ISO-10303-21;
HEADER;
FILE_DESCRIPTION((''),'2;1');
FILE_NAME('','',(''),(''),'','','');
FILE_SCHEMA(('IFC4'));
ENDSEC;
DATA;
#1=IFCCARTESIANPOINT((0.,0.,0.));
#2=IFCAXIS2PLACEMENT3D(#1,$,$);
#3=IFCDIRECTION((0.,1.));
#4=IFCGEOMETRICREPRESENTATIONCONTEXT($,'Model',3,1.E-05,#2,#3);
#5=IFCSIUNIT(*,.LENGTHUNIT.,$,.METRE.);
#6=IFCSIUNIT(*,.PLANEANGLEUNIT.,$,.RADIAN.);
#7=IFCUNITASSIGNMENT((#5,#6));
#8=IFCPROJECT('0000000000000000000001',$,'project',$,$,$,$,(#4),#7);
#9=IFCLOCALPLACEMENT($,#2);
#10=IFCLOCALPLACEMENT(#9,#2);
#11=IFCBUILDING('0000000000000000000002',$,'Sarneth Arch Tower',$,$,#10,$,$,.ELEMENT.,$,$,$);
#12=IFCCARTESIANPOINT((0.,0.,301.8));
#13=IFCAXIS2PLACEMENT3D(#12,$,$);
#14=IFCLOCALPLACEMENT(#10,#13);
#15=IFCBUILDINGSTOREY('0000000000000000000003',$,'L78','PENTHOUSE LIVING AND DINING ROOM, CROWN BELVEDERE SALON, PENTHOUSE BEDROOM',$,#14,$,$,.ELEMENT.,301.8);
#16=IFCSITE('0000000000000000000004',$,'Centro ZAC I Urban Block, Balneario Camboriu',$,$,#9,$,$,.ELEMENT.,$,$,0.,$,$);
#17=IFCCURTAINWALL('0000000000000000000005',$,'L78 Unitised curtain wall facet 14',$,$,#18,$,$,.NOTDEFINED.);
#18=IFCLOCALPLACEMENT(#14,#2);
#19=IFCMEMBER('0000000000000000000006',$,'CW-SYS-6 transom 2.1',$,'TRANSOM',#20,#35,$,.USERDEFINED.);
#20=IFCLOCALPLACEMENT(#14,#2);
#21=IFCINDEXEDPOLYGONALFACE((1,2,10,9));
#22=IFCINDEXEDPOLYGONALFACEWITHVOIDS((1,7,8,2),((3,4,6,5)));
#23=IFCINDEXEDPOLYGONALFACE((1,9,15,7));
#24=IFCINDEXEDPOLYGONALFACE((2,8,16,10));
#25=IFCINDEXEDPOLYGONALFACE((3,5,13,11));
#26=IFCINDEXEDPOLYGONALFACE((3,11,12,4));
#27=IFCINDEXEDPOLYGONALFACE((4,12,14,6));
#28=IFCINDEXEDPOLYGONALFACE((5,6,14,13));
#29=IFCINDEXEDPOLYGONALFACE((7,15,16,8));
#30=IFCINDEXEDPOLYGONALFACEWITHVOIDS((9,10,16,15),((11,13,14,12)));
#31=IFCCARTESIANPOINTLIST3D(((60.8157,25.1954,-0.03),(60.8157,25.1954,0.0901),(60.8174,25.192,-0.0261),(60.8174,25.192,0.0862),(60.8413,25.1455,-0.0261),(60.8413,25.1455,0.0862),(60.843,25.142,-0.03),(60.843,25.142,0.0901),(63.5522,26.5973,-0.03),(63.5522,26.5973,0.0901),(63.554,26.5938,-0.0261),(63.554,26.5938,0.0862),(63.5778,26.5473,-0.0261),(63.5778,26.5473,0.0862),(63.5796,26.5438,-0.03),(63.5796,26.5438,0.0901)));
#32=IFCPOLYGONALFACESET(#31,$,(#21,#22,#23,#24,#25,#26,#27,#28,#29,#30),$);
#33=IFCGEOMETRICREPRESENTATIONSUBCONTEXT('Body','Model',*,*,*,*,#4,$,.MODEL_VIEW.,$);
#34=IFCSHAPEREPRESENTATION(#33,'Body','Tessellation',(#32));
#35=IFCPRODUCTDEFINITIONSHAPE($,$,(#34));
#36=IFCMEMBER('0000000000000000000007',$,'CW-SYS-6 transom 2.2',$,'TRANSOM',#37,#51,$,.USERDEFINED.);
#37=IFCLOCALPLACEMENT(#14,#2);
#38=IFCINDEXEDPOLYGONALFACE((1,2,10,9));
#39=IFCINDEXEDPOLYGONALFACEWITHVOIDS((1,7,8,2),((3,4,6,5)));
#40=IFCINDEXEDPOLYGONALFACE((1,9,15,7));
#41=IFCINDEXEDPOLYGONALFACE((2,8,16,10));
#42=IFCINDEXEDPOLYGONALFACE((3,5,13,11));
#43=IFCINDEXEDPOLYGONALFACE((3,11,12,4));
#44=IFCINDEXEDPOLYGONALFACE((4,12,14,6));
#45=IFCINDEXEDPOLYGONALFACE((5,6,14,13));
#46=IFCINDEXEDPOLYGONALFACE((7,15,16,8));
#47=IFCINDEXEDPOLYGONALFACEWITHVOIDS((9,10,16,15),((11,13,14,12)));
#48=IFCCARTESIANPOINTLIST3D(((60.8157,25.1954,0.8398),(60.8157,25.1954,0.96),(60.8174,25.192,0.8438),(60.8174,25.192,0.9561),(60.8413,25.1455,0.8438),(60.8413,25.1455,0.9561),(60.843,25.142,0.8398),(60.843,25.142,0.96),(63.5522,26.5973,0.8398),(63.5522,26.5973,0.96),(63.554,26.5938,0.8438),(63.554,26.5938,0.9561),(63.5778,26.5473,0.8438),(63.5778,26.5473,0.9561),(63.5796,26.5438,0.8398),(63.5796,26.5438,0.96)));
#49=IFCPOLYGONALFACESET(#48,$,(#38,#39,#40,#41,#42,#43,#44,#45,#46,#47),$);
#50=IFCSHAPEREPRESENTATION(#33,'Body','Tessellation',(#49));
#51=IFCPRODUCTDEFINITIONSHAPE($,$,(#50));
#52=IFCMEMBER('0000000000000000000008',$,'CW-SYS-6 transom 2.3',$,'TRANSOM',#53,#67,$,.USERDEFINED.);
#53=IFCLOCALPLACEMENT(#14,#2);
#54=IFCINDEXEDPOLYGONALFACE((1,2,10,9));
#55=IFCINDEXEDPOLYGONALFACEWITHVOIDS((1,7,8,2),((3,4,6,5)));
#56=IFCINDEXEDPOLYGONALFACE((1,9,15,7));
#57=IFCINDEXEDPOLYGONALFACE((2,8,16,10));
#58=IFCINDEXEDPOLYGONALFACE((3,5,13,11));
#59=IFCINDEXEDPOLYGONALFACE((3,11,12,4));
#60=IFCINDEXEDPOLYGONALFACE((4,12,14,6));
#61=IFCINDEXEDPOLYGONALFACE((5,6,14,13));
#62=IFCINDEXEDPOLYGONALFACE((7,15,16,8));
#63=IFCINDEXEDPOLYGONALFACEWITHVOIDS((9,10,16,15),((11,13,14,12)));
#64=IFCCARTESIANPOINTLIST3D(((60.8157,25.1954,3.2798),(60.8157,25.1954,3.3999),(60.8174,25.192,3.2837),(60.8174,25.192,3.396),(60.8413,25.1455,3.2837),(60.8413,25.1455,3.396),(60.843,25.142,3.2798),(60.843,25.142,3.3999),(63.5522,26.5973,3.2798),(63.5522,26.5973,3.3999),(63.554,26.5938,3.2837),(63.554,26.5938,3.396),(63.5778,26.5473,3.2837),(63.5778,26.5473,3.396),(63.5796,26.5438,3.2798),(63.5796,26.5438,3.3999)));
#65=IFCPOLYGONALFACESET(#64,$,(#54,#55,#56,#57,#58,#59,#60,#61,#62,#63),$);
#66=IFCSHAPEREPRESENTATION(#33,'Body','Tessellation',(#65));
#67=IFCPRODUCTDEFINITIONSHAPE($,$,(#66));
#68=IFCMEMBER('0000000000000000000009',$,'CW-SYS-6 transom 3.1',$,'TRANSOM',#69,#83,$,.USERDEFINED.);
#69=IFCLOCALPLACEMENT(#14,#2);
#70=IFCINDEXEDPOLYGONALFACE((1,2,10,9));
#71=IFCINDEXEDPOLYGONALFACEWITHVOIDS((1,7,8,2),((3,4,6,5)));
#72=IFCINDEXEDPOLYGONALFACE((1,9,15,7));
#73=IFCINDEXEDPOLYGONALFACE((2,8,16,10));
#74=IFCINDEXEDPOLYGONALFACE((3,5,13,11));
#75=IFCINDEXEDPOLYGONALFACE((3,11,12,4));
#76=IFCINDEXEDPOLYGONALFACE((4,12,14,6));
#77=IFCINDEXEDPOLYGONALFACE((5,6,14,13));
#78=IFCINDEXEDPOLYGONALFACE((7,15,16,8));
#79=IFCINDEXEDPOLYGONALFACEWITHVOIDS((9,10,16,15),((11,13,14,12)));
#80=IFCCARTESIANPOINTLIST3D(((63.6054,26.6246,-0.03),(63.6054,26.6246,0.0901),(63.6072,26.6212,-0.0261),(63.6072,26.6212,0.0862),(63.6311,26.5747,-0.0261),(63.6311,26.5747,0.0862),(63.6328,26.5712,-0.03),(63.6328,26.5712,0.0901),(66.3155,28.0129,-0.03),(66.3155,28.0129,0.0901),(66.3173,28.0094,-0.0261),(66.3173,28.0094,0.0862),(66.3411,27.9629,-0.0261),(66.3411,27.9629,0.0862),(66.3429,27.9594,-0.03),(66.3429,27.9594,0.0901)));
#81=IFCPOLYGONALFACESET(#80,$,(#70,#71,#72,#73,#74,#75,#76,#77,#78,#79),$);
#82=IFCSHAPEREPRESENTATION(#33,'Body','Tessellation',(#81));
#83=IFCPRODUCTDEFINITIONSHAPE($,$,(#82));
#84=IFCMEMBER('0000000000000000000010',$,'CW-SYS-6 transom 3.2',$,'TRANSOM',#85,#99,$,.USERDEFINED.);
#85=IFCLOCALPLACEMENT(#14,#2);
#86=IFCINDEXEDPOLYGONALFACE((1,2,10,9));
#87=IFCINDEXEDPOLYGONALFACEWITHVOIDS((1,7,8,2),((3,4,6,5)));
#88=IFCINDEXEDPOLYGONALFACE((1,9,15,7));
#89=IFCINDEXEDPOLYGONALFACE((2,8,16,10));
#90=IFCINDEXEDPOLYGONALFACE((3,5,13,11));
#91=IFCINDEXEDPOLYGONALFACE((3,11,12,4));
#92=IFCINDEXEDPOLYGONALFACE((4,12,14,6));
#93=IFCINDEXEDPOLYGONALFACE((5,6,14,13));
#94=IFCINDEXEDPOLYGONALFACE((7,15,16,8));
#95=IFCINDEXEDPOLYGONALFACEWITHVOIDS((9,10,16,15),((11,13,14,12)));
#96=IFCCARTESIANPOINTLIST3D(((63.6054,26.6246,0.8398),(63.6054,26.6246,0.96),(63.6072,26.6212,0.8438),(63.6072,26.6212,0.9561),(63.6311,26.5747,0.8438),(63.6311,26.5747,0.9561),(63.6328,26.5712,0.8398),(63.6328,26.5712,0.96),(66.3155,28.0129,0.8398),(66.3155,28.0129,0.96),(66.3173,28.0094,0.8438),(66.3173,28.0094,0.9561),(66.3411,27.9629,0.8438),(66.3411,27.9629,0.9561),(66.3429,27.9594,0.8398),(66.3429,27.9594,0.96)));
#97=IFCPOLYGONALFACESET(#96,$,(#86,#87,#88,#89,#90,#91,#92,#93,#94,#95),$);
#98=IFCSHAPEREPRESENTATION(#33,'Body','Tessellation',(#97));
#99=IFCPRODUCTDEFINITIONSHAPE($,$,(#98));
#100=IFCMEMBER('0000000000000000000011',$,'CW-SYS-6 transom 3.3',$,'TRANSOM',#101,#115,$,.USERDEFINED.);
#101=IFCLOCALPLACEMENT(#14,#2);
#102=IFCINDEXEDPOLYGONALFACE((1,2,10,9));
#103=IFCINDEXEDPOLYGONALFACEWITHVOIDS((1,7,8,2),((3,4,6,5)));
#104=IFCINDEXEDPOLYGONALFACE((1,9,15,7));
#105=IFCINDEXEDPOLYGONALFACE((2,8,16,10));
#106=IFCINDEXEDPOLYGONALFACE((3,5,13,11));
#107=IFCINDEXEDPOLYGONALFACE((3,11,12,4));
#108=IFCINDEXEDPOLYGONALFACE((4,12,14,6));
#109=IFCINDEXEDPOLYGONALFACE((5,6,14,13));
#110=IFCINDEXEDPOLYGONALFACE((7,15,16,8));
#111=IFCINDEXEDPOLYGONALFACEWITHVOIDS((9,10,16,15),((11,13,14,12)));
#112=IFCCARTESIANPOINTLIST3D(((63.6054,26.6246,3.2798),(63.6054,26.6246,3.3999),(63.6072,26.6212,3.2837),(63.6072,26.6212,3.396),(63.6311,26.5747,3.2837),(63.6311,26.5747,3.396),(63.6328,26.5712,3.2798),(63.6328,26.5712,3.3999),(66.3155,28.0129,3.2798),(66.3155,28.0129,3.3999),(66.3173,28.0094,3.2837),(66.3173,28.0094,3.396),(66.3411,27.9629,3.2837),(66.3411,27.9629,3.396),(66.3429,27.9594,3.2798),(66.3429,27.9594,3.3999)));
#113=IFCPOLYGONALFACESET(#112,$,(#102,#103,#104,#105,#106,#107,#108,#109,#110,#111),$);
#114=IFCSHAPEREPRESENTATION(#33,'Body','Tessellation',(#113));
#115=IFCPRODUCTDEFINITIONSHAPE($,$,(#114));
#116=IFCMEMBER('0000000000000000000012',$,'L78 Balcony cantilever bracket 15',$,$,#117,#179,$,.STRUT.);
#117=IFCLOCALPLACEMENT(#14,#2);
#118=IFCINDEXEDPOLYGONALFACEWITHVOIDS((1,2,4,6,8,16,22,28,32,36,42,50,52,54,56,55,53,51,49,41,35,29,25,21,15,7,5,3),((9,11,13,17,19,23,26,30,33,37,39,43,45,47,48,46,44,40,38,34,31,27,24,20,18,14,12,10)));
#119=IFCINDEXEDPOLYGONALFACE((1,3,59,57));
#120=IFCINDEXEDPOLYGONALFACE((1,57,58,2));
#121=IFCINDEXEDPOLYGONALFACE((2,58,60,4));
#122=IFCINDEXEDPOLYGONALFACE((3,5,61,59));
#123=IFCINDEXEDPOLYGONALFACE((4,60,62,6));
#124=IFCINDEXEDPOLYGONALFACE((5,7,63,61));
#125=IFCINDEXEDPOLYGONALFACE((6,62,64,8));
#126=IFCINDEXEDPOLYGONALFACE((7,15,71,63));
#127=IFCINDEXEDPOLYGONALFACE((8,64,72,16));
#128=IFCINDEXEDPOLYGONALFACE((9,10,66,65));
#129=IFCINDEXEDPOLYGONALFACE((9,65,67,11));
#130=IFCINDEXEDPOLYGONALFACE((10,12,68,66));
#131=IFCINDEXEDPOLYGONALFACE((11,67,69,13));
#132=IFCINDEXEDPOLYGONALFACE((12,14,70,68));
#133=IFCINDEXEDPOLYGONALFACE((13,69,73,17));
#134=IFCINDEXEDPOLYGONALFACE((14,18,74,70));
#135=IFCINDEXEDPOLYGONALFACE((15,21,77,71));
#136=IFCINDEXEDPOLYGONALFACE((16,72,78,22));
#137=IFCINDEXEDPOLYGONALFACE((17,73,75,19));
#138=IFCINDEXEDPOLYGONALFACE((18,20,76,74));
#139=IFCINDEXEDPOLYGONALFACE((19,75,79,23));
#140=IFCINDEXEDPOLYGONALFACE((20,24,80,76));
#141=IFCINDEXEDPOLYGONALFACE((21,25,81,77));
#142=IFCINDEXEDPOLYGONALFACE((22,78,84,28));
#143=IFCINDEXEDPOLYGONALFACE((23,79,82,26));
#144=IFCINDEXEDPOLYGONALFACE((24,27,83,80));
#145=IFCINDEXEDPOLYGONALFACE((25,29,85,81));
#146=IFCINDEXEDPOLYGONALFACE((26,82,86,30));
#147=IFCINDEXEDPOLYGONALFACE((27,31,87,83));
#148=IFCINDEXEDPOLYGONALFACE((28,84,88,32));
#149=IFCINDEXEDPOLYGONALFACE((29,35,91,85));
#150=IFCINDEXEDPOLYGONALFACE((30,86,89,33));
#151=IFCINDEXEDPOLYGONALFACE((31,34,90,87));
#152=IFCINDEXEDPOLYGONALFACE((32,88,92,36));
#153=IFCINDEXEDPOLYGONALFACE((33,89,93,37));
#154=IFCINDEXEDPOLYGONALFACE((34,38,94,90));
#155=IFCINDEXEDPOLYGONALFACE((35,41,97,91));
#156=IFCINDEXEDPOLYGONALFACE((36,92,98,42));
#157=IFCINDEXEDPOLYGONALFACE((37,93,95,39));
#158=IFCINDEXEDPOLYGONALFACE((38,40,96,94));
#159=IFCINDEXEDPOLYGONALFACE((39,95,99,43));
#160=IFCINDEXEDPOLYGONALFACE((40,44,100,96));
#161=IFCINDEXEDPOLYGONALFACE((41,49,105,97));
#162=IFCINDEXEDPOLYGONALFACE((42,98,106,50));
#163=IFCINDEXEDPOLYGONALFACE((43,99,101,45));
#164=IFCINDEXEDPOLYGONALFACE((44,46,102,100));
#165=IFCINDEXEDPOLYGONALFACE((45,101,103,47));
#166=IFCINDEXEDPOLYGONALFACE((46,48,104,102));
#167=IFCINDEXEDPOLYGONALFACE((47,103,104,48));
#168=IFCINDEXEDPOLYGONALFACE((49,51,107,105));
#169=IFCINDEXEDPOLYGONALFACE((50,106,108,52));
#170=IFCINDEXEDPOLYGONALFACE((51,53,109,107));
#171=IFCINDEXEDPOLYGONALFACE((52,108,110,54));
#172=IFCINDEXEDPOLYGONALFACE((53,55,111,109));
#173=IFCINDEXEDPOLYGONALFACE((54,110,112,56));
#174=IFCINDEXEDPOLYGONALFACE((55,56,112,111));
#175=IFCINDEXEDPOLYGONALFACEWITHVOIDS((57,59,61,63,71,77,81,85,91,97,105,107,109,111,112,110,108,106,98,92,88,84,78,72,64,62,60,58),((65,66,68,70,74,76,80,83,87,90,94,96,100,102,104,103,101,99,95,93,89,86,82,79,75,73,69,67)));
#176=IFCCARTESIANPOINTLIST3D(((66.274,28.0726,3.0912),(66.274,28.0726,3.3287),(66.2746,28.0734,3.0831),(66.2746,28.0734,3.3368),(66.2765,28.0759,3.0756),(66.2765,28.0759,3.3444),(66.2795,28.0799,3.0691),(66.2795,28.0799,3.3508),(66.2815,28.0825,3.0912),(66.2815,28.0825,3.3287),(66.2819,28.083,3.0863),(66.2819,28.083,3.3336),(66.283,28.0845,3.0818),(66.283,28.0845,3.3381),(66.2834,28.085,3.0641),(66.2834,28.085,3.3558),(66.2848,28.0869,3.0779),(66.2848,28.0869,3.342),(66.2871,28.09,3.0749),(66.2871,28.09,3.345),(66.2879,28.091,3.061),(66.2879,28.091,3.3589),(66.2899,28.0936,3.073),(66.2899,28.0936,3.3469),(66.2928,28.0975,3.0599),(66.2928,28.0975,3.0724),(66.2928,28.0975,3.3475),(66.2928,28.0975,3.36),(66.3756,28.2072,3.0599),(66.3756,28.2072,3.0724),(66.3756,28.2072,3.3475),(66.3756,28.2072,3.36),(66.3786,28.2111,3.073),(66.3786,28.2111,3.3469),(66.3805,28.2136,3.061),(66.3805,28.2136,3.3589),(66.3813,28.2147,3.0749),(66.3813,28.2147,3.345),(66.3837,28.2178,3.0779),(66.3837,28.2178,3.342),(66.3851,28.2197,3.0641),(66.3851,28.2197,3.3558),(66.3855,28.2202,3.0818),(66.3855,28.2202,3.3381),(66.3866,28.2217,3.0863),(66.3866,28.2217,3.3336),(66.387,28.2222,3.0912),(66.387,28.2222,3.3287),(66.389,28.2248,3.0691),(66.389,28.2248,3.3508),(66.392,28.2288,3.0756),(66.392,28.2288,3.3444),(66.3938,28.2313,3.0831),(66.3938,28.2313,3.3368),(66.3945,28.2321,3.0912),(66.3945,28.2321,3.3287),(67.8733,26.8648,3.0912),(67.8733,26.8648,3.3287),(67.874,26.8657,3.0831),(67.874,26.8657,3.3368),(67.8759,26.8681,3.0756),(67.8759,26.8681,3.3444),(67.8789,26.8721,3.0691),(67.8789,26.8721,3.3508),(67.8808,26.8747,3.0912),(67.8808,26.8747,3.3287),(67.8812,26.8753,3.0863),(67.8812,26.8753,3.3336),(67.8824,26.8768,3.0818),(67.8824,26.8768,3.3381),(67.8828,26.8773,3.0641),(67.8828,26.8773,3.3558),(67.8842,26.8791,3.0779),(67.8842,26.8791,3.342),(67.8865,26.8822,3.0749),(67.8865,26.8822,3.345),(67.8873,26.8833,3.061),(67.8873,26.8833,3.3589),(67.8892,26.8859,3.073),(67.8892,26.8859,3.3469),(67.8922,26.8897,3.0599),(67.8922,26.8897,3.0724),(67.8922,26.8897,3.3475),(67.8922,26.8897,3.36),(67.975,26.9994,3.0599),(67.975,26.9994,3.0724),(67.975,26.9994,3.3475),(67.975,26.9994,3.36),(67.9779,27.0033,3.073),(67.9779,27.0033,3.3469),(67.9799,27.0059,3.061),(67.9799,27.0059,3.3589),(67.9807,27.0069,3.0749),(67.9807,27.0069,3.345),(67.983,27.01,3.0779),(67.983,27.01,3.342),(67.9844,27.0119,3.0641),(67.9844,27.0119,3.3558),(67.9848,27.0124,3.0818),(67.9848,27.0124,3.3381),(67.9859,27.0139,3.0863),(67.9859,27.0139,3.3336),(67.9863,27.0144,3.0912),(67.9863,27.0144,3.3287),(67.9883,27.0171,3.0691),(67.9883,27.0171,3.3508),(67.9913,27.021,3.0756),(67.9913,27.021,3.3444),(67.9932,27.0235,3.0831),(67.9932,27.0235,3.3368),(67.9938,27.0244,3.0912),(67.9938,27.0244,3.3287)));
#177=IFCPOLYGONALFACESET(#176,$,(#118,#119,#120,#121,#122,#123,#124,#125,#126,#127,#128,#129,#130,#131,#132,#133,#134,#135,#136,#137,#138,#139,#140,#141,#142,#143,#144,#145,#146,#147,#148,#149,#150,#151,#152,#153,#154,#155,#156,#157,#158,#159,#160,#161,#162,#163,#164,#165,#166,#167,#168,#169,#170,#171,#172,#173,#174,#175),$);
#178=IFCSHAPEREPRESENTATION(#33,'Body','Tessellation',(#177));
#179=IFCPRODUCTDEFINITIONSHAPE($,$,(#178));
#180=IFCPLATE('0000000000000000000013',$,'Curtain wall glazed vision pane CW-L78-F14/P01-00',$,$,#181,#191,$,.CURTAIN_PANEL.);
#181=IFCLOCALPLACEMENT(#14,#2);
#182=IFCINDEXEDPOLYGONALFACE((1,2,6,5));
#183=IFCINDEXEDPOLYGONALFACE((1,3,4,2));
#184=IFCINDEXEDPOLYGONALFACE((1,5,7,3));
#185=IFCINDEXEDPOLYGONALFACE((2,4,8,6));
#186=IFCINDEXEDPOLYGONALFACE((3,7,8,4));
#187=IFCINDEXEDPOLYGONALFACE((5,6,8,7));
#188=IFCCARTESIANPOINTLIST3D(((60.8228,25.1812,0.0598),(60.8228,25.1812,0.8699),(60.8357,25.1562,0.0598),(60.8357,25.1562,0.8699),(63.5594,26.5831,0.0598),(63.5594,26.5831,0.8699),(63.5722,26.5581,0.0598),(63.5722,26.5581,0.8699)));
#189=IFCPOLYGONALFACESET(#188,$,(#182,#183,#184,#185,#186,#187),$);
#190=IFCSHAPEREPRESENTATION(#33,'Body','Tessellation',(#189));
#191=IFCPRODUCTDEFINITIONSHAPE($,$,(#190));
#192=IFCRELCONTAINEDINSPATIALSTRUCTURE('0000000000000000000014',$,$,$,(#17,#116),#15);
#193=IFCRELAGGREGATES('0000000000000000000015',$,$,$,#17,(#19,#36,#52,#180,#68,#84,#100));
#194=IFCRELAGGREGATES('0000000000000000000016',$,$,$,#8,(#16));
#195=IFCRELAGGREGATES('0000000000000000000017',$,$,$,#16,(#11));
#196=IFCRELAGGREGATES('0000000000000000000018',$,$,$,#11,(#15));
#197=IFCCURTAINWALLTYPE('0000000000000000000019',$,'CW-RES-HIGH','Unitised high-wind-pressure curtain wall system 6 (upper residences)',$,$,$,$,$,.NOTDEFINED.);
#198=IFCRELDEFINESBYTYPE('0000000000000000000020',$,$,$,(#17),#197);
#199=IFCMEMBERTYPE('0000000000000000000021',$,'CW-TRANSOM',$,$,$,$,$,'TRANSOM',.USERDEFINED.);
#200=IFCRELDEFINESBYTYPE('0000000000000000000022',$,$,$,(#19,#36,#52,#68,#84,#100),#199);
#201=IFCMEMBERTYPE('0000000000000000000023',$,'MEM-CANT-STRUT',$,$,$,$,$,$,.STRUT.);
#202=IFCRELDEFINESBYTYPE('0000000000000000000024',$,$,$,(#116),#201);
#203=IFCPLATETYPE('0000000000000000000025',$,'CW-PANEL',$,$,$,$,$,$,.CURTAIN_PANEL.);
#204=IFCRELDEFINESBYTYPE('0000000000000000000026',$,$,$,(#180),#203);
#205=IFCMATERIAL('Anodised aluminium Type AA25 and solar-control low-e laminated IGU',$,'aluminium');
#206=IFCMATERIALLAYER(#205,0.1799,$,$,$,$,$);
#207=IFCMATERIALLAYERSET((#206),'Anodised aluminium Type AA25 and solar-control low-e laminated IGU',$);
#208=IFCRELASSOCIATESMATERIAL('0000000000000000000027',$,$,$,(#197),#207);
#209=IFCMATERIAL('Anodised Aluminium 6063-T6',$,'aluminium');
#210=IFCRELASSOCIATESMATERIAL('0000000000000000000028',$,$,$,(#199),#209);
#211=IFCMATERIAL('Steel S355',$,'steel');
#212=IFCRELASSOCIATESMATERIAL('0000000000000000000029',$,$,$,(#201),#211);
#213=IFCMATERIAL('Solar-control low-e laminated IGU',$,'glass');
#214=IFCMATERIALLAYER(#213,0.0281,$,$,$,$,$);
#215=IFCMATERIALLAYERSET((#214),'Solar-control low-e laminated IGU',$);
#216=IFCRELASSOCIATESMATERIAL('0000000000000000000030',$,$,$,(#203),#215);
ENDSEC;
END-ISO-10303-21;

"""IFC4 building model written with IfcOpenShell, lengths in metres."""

from ifc_helpers import new_model, si_unit, direction, frame, origin, origin_2d, place, context, subcontext, project, spatial, rectangle, hollow_rectangle, extrude, material, layer, layer_set, material_profile, profile_set, type_object, element, aggregate, save


model = new_model("IFC4")

# Units and contexts
model_context = context("Model", 3, precision=1e-05, world=origin(), true_north=direction((0.0, 1.0)))
body_context = subcontext(model_context, "Body", "Model", "MODEL_VIEW")
ifc_project = project(units=[si_unit("LENGTHUNIT", "METRE"), si_unit("PLANEANGLEUNIT", "RADIAN")], contexts=[model_context])

# Site, building, storey
site_placement = place(None, origin())
site = spatial("IfcSite", under=ifc_project, at=site_placement, Name="Centro ZAC I Urban Block, Balneario Camboriu", CompositionType="ELEMENT", RefElevation=0.0)
building_placement = place(site_placement, origin())
building = spatial("IfcBuilding", under=site, at=building_placement, Name="Sarneth Arch Tower", CompositionType="ELEMENT")
storey_placement = place(building_placement, frame((0.0, 0.0, 301.8)))
storey = spatial("IfcBuildingStorey", under=building, at=storey_placement, Name="L78", Description="PENTHOUSE LIVING AND DINING ROOM, CROWN BELVEDERE SALON, PENTHOUSE BEDROOM", CompositionType="ELEMENT", Elevation=301.8)

# Curtain wall, members
ifc_material_1 = material(Name="Anodised aluminium Type AA25 and solar-control low-e laminated IGU", Category="aluminium")
ifc_layer_1 = layer(ifc_material_1, 0.1799)
ifc_layer_set_1 = layer_set([ifc_layer_1], Name="Anodised aluminium Type AA25 and solar-control low-e laminated IGU")
curtain_wall_type = type_object("IfcCurtainWallType", Name="CW-RES-HIGH", Description="Unitised high-wind-pressure curtain wall system 6 (upper residences)", PredefinedType="NOTDEFINED", material=ifc_layer_set_1)
curtain_wall_placement = place(storey_placement, origin())
curtain_wall = element("IfcCurtainWall", 1, at=curtain_wall_placement, inside=storey, type_object=curtain_wall_type, Name="L78 Unitised curtain wall facet 14", PredefinedType="NOTDEFINED")
ifc_material_2 = material(Name="Anodised Aluminium 6063-T6", Category="aluminium")
ifc_material_profile_1 = material_profile(ifc_material_2, hollow_rectangle(XDim=0.0601, YDim=0.1201, WallThickness=0.0039, at=origin_2d()), Name="AL-TRAN-120x60x4")
ifc_profile_set_1 = profile_set([ifc_material_profile_1], Name="Anodised Aluminium 6063-T6")
member_type_1 = type_object("IfcMemberType", Name="CW-TRANSOM", ElementType="TRANSOM", PredefinedType="USERDEFINED", material=ifc_profile_set_1)
member_1_placement = place(storey_placement, frame((60.8293, 25.1687, 0.03), z_axis=(0.890017, 0.455926, 0.0), x_axis=(-0.455926, 0.890017, 0.0)))
member_1 = element("IfcMember", 2, at=member_1_placement, type_object=member_type_1, Name="CW-SYS-6 transom 2.1", ObjectType="TRANSOM", PredefinedType="USERDEFINED", context=body_context, shape_type="SweptSolid", body=[
    extrude(hollow_rectangle(XDim=0.0601, YDim=0.1201, WallThickness=0.0039, at=origin_2d()), origin(), (0.0, 0.0, 1.0), 3.0747),
])
member_2_placement = place(storey_placement, frame((60.8293, 25.1687, 0.8999), z_axis=(0.890017, 0.455926, 0.0), x_axis=(-0.455926, 0.890017, 0.0)))
member_2 = element("IfcMember", 3, at=member_2_placement, type_object=member_type_1, Name="CW-SYS-6 transom 2.2", ObjectType="TRANSOM", PredefinedType="USERDEFINED", context=body_context, shape_type="SweptSolid", body=[
    extrude(hollow_rectangle(XDim=0.0601, YDim=0.1201, WallThickness=0.0039, at=origin_2d()), origin(), (0.0, 0.0, 1.0), 3.0747),
])
member_3_placement = place(storey_placement, frame((60.8293, 25.1687, 3.3398), z_axis=(0.890017, 0.455926, 0.0), x_axis=(-0.455926, 0.890017, 0.0)))
member_3 = element("IfcMember", 4, at=member_3_placement, type_object=member_type_1, Name="CW-SYS-6 transom 2.3", ObjectType="TRANSOM", PredefinedType="USERDEFINED", context=body_context, shape_type="SweptSolid", body=[
    extrude(hollow_rectangle(XDim=0.0601, YDim=0.1201, WallThickness=0.0039, at=origin_2d()), origin(), (0.0, 0.0, 1.0), 3.0747),
])
member_4_placement = place(storey_placement, frame((63.6191, 26.5979, 0.03), z_axis=(0.890023, 0.455916, 0.0), x_axis=(-0.455916, 0.890023, 0.0)))
member_4 = element("IfcMember", 5, at=member_4_placement, type_object=member_type_1, Name="CW-SYS-6 transom 3.1", ObjectType="TRANSOM", PredefinedType="USERDEFINED", context=body_context, shape_type="SweptSolid", body=[
    extrude(hollow_rectangle(XDim=0.0601, YDim=0.1201, WallThickness=0.0039, at=origin_2d()), origin(), (0.0, 0.0, 1.0), 3.0449),
])
member_5_placement = place(storey_placement, frame((63.6191, 26.5979, 0.8999), z_axis=(0.890023, 0.455916, 0.0), x_axis=(-0.455916, 0.890023, 0.0)))
member_5 = element("IfcMember", 6, at=member_5_placement, type_object=member_type_1, Name="CW-SYS-6 transom 3.2", ObjectType="TRANSOM", PredefinedType="USERDEFINED", context=body_context, shape_type="SweptSolid", body=[
    extrude(hollow_rectangle(XDim=0.0601, YDim=0.1201, WallThickness=0.0039, at=origin_2d()), origin(), (0.0, 0.0, 1.0), 3.0449),
])
member_6_placement = place(storey_placement, frame((63.6191, 26.5979, 3.3398), z_axis=(0.890023, 0.455916, 0.0), x_axis=(-0.455916, 0.890023, 0.0)))
member_6 = element("IfcMember", 7, at=member_6_placement, type_object=member_type_1, Name="CW-SYS-6 transom 3.3", ObjectType="TRANSOM", PredefinedType="USERDEFINED", context=body_context, shape_type="SweptSolid", body=[
    extrude(hollow_rectangle(XDim=0.0601, YDim=0.1201, WallThickness=0.0039, at=origin_2d()), origin(), (0.0, 0.0, 1.0), 3.0449),
])

# Member
ifc_material_3 = material(Name="Steel S355", Category="steel")
ifc_material_profile_2 = material_profile(ifc_material_3, hollow_rectangle(XDim=0.2, YDim=0.3, WallThickness=0.0125, InnerFilletRadius=0.0188, OuterFilletRadius=0.0312, at=origin_2d()), Name="RHS300x200x12.5")
ifc_profile_set_2 = profile_set([ifc_material_profile_2], Name="Steel S355")
member_type_2 = type_object("IfcMemberType", Name="MEM-CANT-STRUT", PredefinedType="STRUT", material=ifc_profile_set_2)
member_7_placement = place(storey_placement, frame((66.3342, 28.1523, 3.21), z_axis=(0.798022, -0.602628, 0.0), x_axis=(0.602628, 0.798022, 0.0)))
element("IfcMember", 8, at=member_7_placement, inside=storey, type_object=member_type_2, Name="L78 Balcony cantilever bracket 15", PredefinedType="STRUT", context=body_context, shape_type="SweptSolid", body=[
    extrude(hollow_rectangle(XDim=0.2, YDim=0.3, WallThickness=0.0125, InnerFilletRadius=0.0188, OuterFilletRadius=0.0312, at=origin_2d()), origin(), (0.0, 0.0, 1.0), 2.0042),
])

# Plate
ifc_material_4 = material(Name="Solar-control low-e laminated IGU", Category="glass")
ifc_layer_2 = layer(ifc_material_4, 0.0281)
ifc_layer_set_2 = layer_set([ifc_layer_2], Name="Solar-control low-e laminated IGU")
plate_type_1 = type_object("IfcPlateType", Name="CW-PANEL", PredefinedType="CURTAIN_PANEL", material=ifc_layer_set_2)
plate_1_placement = place(storey_placement, frame((62.1975, 25.8696, 0.0598), z_axis=(0.0, 0.0, 1.0), x_axis=(0.89001, 0.455942, 0.0)))
plate_1 = element("IfcPlate", 9, at=plate_1_placement, type_object=plate_type_1, Name="Curtain wall glazed vision pane CW-L78-F14/P01-00", PredefinedType="CURTAIN_PANEL", context=body_context, shape_type="SweptSolid", body=[
    extrude(rectangle(XDim=3.0747, YDim=0.0281, at=origin_2d()), origin(), (0.0, 0.0, 1.0), 0.8101),
])
aggregate(curtain_wall, [member_1, member_2, member_3, plate_1, member_4, member_5, member_6])

save(model, "model.ifc")
